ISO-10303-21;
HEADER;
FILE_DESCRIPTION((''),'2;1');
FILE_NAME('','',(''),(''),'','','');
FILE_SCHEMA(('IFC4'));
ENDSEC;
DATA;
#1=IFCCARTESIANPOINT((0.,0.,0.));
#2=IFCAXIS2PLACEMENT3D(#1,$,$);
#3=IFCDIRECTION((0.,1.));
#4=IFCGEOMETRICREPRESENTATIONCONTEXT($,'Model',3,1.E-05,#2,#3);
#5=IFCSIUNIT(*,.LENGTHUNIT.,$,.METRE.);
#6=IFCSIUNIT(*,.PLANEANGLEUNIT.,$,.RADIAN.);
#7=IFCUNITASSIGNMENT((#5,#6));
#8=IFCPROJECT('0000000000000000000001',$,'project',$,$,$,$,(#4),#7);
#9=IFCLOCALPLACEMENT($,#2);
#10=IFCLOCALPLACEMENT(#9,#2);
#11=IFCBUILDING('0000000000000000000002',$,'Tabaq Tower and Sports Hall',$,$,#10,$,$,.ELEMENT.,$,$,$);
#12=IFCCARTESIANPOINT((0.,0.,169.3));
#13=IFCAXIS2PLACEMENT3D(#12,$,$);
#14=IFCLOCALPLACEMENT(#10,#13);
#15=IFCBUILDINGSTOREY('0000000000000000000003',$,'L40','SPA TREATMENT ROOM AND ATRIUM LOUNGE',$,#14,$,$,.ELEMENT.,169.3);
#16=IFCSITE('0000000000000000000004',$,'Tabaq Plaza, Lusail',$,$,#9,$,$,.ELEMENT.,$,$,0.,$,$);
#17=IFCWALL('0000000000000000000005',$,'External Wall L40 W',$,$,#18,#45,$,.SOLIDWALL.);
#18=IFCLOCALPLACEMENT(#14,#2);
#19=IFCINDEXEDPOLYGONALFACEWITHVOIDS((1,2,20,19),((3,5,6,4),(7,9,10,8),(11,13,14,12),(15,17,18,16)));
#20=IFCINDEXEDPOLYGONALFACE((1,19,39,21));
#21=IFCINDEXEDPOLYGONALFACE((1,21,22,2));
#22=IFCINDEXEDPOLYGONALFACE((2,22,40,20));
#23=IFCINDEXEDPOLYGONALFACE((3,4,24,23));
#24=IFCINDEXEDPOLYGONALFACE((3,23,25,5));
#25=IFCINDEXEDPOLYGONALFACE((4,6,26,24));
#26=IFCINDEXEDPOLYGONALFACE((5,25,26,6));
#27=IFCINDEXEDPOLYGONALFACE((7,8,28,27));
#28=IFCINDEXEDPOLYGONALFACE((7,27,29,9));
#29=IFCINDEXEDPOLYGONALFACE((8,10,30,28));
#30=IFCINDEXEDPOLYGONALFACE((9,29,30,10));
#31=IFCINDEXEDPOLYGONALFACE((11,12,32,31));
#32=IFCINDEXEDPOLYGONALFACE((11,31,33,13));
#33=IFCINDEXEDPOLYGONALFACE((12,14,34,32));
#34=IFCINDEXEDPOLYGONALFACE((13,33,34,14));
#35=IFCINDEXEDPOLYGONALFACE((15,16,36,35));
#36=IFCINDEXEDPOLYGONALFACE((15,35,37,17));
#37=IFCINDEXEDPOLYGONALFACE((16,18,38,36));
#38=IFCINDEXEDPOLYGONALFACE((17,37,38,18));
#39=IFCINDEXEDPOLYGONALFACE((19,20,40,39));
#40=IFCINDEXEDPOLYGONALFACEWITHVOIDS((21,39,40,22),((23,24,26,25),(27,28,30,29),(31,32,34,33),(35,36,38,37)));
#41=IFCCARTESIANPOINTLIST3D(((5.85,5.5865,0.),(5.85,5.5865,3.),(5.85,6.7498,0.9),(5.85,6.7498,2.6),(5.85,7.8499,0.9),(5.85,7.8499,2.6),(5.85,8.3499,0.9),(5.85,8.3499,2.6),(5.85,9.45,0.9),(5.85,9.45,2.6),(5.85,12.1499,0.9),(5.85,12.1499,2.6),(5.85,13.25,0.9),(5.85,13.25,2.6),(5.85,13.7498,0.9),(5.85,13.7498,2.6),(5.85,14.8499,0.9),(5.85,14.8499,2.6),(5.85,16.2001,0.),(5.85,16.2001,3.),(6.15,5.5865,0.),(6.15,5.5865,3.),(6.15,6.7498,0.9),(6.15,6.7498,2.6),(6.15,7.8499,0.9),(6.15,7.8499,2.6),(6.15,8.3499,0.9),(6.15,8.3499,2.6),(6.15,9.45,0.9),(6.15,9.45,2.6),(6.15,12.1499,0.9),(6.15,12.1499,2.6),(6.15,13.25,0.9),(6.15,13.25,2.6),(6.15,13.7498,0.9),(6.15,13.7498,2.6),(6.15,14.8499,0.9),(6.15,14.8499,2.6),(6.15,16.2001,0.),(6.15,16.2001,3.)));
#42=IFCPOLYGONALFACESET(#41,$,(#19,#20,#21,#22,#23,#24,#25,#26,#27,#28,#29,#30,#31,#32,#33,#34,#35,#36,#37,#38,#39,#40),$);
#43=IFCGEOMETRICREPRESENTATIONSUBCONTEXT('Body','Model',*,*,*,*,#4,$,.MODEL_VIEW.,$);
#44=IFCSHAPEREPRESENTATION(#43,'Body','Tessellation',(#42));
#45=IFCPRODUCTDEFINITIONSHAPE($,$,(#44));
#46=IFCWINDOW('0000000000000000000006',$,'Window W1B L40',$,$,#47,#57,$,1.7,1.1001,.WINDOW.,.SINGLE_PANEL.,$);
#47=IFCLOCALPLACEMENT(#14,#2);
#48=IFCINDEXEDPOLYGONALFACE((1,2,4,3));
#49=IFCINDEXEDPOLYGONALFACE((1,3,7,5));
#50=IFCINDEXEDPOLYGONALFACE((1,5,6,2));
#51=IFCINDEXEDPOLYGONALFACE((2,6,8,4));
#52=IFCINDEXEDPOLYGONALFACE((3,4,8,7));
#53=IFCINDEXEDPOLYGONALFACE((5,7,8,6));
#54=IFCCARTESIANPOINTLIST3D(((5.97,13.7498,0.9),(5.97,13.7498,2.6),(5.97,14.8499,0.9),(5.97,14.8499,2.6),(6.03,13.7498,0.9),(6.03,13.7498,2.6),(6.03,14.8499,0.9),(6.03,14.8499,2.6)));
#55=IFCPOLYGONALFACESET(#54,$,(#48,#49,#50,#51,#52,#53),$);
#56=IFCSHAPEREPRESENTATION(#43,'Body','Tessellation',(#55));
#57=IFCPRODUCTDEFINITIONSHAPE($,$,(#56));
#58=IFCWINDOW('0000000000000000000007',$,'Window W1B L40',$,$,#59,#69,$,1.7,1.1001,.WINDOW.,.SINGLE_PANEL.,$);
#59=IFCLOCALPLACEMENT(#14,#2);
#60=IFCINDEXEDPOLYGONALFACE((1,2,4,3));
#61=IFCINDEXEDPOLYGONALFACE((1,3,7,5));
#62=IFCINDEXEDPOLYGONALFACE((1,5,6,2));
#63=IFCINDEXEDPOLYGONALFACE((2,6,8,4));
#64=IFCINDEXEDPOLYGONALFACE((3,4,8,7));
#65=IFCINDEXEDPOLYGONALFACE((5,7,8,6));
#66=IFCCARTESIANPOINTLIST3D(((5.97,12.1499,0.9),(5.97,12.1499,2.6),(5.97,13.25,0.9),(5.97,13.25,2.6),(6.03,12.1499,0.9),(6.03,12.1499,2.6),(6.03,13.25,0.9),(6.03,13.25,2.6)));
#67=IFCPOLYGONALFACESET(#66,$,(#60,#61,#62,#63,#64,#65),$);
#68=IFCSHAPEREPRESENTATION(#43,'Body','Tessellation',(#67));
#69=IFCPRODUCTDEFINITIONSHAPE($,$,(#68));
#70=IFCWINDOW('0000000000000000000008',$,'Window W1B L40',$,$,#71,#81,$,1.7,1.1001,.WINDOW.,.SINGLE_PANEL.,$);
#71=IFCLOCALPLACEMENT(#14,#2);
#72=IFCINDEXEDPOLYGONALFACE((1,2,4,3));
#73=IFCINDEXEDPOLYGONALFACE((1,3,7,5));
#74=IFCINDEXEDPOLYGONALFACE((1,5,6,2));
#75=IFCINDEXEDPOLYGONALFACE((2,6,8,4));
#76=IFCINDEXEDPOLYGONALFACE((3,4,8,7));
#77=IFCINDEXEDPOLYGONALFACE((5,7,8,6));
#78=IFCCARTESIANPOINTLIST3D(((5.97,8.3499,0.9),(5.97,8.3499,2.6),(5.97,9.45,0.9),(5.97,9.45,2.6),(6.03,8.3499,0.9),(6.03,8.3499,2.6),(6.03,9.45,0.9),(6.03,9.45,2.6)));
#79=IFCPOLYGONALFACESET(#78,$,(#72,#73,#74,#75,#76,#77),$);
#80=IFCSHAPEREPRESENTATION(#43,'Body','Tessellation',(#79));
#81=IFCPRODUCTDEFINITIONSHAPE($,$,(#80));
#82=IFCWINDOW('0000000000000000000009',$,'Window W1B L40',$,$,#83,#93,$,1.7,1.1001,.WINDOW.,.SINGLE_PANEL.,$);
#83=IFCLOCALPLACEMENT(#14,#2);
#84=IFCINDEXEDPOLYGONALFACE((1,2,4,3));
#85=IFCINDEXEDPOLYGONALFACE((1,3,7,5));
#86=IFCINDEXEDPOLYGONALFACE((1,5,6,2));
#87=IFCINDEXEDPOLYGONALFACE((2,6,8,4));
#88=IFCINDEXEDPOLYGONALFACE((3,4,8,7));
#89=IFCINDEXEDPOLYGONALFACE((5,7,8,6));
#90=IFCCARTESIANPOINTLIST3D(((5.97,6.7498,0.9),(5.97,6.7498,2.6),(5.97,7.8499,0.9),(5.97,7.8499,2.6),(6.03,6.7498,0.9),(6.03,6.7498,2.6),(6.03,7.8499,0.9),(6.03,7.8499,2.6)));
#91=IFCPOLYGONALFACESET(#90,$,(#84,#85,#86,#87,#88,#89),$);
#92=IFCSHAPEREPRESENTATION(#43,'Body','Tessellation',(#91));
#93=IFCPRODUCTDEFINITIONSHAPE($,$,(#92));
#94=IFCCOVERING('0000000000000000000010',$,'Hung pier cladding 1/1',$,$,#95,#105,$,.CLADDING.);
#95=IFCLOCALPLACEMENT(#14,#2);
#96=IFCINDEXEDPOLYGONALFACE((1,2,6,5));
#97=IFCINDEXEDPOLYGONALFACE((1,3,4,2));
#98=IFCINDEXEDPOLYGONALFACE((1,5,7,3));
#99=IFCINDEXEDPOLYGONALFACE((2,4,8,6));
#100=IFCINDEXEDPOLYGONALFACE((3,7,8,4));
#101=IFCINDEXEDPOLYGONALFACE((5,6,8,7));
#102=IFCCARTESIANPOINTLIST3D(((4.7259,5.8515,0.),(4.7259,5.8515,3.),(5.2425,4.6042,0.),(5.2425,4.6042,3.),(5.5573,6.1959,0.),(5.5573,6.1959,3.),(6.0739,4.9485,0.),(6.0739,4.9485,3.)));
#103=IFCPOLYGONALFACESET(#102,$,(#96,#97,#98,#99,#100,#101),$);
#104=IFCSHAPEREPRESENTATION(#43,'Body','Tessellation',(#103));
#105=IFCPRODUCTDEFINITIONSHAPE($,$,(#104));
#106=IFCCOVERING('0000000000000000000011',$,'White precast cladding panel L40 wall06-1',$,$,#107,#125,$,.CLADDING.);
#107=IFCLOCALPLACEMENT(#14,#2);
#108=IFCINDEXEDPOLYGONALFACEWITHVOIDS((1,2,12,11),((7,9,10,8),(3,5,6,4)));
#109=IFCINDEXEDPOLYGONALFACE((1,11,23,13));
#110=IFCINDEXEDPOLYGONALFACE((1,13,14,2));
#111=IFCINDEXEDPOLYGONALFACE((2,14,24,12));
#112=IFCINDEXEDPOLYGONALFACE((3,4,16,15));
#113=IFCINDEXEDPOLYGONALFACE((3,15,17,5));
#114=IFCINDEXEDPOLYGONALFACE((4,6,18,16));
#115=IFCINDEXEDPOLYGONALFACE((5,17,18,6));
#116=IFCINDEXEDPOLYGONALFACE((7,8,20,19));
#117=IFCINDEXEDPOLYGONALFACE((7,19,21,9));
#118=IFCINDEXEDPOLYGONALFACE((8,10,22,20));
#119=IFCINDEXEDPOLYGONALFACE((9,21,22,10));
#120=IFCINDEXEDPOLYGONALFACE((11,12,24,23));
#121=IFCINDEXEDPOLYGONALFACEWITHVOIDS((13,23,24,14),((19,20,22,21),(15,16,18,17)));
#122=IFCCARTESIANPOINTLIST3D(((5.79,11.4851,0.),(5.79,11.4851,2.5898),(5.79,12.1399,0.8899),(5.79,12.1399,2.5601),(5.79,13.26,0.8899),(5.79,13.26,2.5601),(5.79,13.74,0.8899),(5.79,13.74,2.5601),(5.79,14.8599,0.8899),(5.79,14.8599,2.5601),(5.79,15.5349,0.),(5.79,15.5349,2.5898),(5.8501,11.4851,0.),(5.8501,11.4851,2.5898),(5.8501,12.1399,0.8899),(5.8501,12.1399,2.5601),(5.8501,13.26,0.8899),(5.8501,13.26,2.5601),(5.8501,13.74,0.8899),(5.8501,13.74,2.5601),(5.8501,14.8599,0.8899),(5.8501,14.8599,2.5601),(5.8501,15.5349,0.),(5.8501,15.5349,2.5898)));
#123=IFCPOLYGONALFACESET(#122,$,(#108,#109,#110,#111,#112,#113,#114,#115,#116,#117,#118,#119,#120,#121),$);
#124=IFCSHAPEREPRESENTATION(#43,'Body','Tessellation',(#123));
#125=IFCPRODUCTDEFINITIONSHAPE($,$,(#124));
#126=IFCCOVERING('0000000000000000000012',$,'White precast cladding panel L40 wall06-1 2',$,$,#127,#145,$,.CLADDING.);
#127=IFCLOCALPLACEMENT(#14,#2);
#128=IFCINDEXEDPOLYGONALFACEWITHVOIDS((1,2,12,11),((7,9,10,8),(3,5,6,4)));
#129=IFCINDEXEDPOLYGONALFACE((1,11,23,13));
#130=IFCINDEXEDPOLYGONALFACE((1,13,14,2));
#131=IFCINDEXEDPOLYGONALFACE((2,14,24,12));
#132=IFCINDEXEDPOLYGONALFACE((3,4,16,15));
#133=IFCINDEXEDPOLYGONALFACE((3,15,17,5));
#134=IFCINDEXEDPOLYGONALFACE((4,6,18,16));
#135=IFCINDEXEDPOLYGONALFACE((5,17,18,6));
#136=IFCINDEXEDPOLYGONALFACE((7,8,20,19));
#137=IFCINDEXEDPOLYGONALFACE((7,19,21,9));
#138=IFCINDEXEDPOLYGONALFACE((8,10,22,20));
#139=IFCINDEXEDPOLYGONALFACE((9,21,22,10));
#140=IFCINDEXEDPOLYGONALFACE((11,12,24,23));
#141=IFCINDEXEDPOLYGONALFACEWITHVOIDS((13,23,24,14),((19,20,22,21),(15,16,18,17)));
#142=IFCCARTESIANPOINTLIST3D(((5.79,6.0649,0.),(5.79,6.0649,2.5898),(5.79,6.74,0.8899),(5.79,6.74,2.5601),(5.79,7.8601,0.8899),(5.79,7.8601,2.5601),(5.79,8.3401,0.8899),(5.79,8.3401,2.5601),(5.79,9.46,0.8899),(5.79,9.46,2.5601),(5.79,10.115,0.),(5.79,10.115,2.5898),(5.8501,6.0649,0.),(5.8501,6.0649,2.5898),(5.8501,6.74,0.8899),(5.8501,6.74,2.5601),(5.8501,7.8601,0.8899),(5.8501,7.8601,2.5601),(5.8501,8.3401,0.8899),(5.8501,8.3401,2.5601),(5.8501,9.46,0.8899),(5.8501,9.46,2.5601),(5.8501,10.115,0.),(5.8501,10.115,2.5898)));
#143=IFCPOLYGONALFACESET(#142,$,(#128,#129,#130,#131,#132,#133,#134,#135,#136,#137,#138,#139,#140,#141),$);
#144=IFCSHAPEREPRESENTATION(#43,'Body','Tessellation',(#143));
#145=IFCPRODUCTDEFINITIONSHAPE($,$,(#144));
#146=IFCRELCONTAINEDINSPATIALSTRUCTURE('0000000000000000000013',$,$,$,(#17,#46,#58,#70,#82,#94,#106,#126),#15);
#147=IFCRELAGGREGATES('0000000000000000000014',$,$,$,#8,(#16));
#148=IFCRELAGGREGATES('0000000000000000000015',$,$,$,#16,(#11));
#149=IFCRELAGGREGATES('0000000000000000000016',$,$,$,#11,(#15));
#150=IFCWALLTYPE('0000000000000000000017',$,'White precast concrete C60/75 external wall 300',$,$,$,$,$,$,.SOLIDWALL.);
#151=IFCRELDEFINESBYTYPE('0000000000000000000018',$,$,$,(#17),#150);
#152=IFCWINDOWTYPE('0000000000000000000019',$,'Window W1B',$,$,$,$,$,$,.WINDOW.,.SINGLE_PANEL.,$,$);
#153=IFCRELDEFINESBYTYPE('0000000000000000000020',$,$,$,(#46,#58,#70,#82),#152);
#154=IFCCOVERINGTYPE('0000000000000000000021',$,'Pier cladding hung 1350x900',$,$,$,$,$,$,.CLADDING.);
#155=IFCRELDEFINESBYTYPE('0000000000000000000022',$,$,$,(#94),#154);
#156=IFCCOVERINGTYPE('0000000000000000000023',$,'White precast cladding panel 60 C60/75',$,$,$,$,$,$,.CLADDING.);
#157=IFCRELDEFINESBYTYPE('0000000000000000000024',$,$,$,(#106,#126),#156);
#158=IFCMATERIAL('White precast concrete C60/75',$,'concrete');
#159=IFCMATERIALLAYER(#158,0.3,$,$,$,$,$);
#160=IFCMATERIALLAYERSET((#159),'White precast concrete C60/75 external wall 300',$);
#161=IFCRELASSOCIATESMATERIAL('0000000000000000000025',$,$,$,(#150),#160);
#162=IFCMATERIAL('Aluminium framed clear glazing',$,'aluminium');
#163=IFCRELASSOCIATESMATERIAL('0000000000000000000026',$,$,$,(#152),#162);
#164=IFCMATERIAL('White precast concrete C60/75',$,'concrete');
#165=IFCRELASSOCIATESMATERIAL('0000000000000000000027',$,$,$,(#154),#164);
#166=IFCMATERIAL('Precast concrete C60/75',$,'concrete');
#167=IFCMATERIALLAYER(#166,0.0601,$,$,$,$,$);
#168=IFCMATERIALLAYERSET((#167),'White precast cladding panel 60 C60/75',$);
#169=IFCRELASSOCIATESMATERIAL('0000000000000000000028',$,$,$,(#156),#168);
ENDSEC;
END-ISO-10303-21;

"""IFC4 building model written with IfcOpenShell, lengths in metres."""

from ifc_helpers import new_model, si_unit, direction, frame, frame_2d, origin, place, context, subcontext, project, spatial, polyline, rectangle, outline, extrude, material, layer, layer_set, type_object, element, fill, save


model = new_model("IFC4")

# Units and contexts
model_context = context("Model", 3, precision=1e-05, world=origin(), true_north=direction((0.0, 1.0)))
body_context = subcontext(model_context, "Body", "Model", "MODEL_VIEW")
ifc_project = project(units=[si_unit("LENGTHUNIT", "METRE"), si_unit("PLANEANGLEUNIT", "RADIAN")], contexts=[model_context])

# Site, building, storey
site_placement = place(None, origin())
site = spatial("IfcSite", under=ifc_project, at=site_placement, Name="Tabaq Plaza, Lusail", CompositionType="ELEMENT", RefElevation=0.0)
building_placement = place(site_placement, origin())
building = spatial("IfcBuilding", under=site, at=building_placement, Name="Tabaq Tower and Sports Hall", CompositionType="ELEMENT")
storey_placement = place(building_placement, frame((0.0, 0.0, 169.3)))
storey = spatial("IfcBuildingStorey", under=building, at=storey_placement, Name="L40", Description="SPA TREATMENT ROOM AND ATRIUM LOUNGE", CompositionType="ELEMENT", Elevation=169.3)

# Wall, openings, windows
ifc_material_1 = material(Name="White precast concrete C60/75", Category="concrete")
ifc_layer_1 = layer(ifc_material_1, 0.3)
ifc_layer_set_1 = layer_set([ifc_layer_1], Name="White precast concrete C60/75 external wall 300")
wall_type_1 = type_object("IfcWallType", Name="White precast concrete C60/75 external wall 300", PredefinedType="SOLIDWALL", material=ifc_layer_set_1)
wall_1_placement = place(storey_placement, frame((6.0, 16.2, 0.0), z_axis=(0.0, 0.0, 1.0), x_axis=(0.0, -1.0, 0.0)))
wall_1 = element("IfcWall", 1, at=wall_1_placement, inside=storey, type_object=wall_type_1, Name="External Wall L40 W", PredefinedType="SOLIDWALL", context=body_context, shape_type="SweptSolid", body=[
    extrude(rectangle(XDim=10.6135, YDim=0.3, at=frame_2d((5.3066, 0.0))), origin(), (0.0, 0.0, 1.0), 3.0),
])
opening_1_placement = place(wall_1_placement, frame((1.3501, 0.0, 0.8999)))
opening_1 = element("IfcOpeningElement", 2, at=opening_1_placement, cuts=wall_1, PredefinedType="OPENING", context=body_context, shape_type="SweptSolid", body=[
    extrude(rectangle(XDim=1.1001, YDim=1.7, at=frame_2d((0.55, 0.8501))), frame((0.0, 0.1602, 0.0), z_axis=(0.0, -1.0, 0.0), x_axis=(1.0, 0.0, 0.0)), (0.0, 0.0, 1.0), 0.3201),
])
opening_2_placement = place(wall_1_placement, frame((2.95, 0.0, 0.8999)))
opening_2 = element("IfcOpeningElement", 3, at=opening_2_placement, cuts=wall_1, PredefinedType="OPENING", context=body_context, shape_type="SweptSolid", body=[
    extrude(rectangle(XDim=1.1001, YDim=1.7, at=frame_2d((0.55, 0.8501))), frame((0.0, 0.1602, 0.0), z_axis=(0.0, -1.0, 0.0), x_axis=(1.0, 0.0, 0.0)), (0.0, 0.0, 1.0), 0.3201),
])
opening_3_placement = place(wall_1_placement, frame((6.75, 0.0, 0.8999)))
opening_3 = element("IfcOpeningElement", 4, at=opening_3_placement, cuts=wall_1, PredefinedType="OPENING", context=body_context, shape_type="SweptSolid", body=[
    extrude(rectangle(XDim=1.1001, YDim=1.7, at=frame_2d((0.55, 0.8501))), frame((0.0, 0.1602, 0.0), z_axis=(0.0, -1.0, 0.0), x_axis=(1.0, 0.0, 0.0)), (0.0, 0.0, 1.0), 0.3201),
])
opening_4_placement = place(wall_1_placement, frame((8.3501, 0.0, 0.8999)))
opening_4 = element("IfcOpeningElement", 5, at=opening_4_placement, cuts=wall_1, PredefinedType="OPENING", context=body_context, shape_type="SweptSolid", body=[
    extrude(rectangle(XDim=1.1001, YDim=1.7, at=frame_2d((0.55, 0.8501))), frame((0.0, 0.1602, 0.0), z_axis=(0.0, -1.0, 0.0), x_axis=(1.0, 0.0, 0.0)), (0.0, 0.0, 1.0), 0.3201),
])
ifc_material_2 = material(Name="Aluminium framed clear glazing", Category="aluminium")
window_type = type_object("IfcWindowType", Name="Window W1B", PartitioningType="SINGLE_PANEL", PredefinedType="WINDOW", material=ifc_material_2)
window_1_placement = place(opening_1_placement, origin())
window_1 = element("IfcWindow", 6, at=window_1_placement, inside=storey, type_object=window_type, Name="Window W1B L40", OverallHeight=1.7, OverallWidth=1.1001, PartitioningType="SINGLE_PANEL", PredefinedType="WINDOW", context=body_context, shape_type="SweptSolid", body=[
    extrude(rectangle(XDim=1.1001, YDim=1.7, at=frame_2d((0.55, 0.8501))), frame((0.0, 0.03, 0.0), z_axis=(0.0, -1.0, 0.0), x_axis=(1.0, 0.0, 0.0)), (0.0, 0.0, 1.0), 0.0601),
])
fill(opening_1, window_1)
window_2_placement = place(opening_2_placement, origin())
window_2 = element("IfcWindow", 7, at=window_2_placement, inside=storey, type_object=window_type, Name="Window W1B L40", OverallHeight=1.7, OverallWidth=1.1001, PartitioningType="SINGLE_PANEL", PredefinedType="WINDOW", context=body_context, shape_type="SweptSolid", body=[
    extrude(rectangle(XDim=1.1001, YDim=1.7, at=frame_2d((0.55, 0.8501))), frame((0.0, 0.03, 0.0), z_axis=(0.0, -1.0, 0.0), x_axis=(1.0, 0.0, 0.0)), (0.0, 0.0, 1.0), 0.0601),
])
fill(opening_2, window_2)
window_3_placement = place(opening_3_placement, origin())
window_3 = element("IfcWindow", 8, at=window_3_placement, inside=storey, type_object=window_type, Name="Window W1B L40", OverallHeight=1.7, OverallWidth=1.1001, PartitioningType="SINGLE_PANEL", PredefinedType="WINDOW", context=body_context, shape_type="SweptSolid", body=[
    extrude(rectangle(XDim=1.1001, YDim=1.7, at=frame_2d((0.55, 0.8501))), frame((0.0, 0.03, 0.0), z_axis=(0.0, -1.0, 0.0), x_axis=(1.0, 0.0, 0.0)), (0.0, 0.0, 1.0), 0.0601),
])
fill(opening_3, window_3)
window_4_placement = place(opening_4_placement, origin())
window_4 = element("IfcWindow", 9, at=window_4_placement, inside=storey, type_object=window_type, Name="Window W1B L40", OverallHeight=1.7, OverallWidth=1.1001, PartitioningType="SINGLE_PANEL", PredefinedType="WINDOW", context=body_context, shape_type="SweptSolid", body=[
    extrude(rectangle(XDim=1.1001, YDim=1.7, at=frame_2d((0.55, 0.8501))), frame((0.0, 0.03, 0.0), z_axis=(0.0, -1.0, 0.0), x_axis=(1.0, 0.0, 0.0)), (0.0, 0.0, 1.0), 0.0601),
])
fill(opening_4, window_4)

# Coverings
ifc_material_3 = material(Name="White precast concrete C60/75", Category="concrete")
covering_type_1 = type_object("IfcCoveringType", Name="Pier cladding hung 1350x900", PredefinedType="CLADDING", material=ifc_material_3)
covering_1_placement = place(storey_placement, frame((5.1416, 6.0237, 0.0), z_axis=(0.0, 0.0, 1.0), x_axis=(0.38265, -0.923893, 0.0)))
element("IfcCovering", 10, at=covering_1_placement, inside=storey, type_object=covering_type_1, Name="Hung pier cladding 1/1", PredefinedType="CLADDING", context=body_context, shape_type="SweptSolid", body=[
    extrude(rectangle(XDim=1.3501, YDim=0.8999, at=frame_2d((0.675, 0.0))), origin(), (0.0, 0.0, 1.0), 3.0),
])
ifc_material_4 = material(Name="Precast concrete C60/75", Category="concrete")
ifc_layer_2 = layer(ifc_material_4, 0.0601)
ifc_layer_set_2 = layer_set([ifc_layer_2], Name="White precast cladding panel 60 C60/75")
covering_type_2 = type_object("IfcCoveringType", Name="White precast cladding panel 60 C60/75", PredefinedType="CLADDING", material=ifc_layer_set_2)
covering_2_placement = place(storey_placement, frame((5.8201, 15.5349, 0.0), z_axis=(0.0, 0.0, 1.0), x_axis=(0.0, -1.0, 0.0)))
element("IfcCovering", 11, at=covering_2_placement, inside=storey, type_object=covering_type_2, Name="White precast cladding panel L40 wall06-1", PredefinedType="CLADDING", context=body_context, shape_type="SweptSolid", body=[
    extrude(outline(polyline([(0.0, 0.0), (4.0498, 0.0), (4.0498, 2.5898), (0.0, 2.5898), (0.0, 0.0)]), holes=[polyline([(0.675, 0.8899), (0.675, 2.5601), (1.7949, 2.5601), (1.7949, 0.8899), (0.675, 0.8899)]), polyline([(2.2749, 0.8899), (2.2749, 2.5601), (3.395, 2.5601), (3.395, 0.8899), (2.2749, 0.8899)])]), frame((0.0, 0.03, 0.0), z_axis=(0.0, -1.0, 0.0), x_axis=(1.0, 0.0, 0.0)), (0.0, 0.0, 1.0), 0.0601),
])
covering_3_placement = place(storey_placement, frame((5.8201, 10.115, 0.0), z_axis=(0.0, 0.0, 1.0), x_axis=(0.0, -1.0, 0.0)))
element("IfcCovering", 12, at=covering_3_placement, inside=storey, type_object=covering_type_2, Name="White precast cladding panel L40 wall06-1 2", PredefinedType="CLADDING", context=body_context, shape_type="SweptSolid", body=[
    extrude(outline(polyline([(0.0, 0.0), (4.05, 0.0), (4.05, 2.5898), (0.0, 2.5898), (0.0, 0.0)]), holes=[polyline([(0.655, 0.8899), (0.655, 2.5601), (1.7749, 2.5601), (1.7749, 0.8899), (0.655, 0.8899)]), polyline([(2.2549, 0.8899), (2.2549, 2.5601), (3.375, 2.5601), (3.375, 0.8899), (2.2549, 0.8899)])]), frame((0.0, 0.03, 0.0), z_axis=(0.0, -1.0, 0.0), x_axis=(1.0, 0.0, 0.0)), (0.0, 0.0, 1.0), 0.0601),
])

save(model, "model.ifc")
